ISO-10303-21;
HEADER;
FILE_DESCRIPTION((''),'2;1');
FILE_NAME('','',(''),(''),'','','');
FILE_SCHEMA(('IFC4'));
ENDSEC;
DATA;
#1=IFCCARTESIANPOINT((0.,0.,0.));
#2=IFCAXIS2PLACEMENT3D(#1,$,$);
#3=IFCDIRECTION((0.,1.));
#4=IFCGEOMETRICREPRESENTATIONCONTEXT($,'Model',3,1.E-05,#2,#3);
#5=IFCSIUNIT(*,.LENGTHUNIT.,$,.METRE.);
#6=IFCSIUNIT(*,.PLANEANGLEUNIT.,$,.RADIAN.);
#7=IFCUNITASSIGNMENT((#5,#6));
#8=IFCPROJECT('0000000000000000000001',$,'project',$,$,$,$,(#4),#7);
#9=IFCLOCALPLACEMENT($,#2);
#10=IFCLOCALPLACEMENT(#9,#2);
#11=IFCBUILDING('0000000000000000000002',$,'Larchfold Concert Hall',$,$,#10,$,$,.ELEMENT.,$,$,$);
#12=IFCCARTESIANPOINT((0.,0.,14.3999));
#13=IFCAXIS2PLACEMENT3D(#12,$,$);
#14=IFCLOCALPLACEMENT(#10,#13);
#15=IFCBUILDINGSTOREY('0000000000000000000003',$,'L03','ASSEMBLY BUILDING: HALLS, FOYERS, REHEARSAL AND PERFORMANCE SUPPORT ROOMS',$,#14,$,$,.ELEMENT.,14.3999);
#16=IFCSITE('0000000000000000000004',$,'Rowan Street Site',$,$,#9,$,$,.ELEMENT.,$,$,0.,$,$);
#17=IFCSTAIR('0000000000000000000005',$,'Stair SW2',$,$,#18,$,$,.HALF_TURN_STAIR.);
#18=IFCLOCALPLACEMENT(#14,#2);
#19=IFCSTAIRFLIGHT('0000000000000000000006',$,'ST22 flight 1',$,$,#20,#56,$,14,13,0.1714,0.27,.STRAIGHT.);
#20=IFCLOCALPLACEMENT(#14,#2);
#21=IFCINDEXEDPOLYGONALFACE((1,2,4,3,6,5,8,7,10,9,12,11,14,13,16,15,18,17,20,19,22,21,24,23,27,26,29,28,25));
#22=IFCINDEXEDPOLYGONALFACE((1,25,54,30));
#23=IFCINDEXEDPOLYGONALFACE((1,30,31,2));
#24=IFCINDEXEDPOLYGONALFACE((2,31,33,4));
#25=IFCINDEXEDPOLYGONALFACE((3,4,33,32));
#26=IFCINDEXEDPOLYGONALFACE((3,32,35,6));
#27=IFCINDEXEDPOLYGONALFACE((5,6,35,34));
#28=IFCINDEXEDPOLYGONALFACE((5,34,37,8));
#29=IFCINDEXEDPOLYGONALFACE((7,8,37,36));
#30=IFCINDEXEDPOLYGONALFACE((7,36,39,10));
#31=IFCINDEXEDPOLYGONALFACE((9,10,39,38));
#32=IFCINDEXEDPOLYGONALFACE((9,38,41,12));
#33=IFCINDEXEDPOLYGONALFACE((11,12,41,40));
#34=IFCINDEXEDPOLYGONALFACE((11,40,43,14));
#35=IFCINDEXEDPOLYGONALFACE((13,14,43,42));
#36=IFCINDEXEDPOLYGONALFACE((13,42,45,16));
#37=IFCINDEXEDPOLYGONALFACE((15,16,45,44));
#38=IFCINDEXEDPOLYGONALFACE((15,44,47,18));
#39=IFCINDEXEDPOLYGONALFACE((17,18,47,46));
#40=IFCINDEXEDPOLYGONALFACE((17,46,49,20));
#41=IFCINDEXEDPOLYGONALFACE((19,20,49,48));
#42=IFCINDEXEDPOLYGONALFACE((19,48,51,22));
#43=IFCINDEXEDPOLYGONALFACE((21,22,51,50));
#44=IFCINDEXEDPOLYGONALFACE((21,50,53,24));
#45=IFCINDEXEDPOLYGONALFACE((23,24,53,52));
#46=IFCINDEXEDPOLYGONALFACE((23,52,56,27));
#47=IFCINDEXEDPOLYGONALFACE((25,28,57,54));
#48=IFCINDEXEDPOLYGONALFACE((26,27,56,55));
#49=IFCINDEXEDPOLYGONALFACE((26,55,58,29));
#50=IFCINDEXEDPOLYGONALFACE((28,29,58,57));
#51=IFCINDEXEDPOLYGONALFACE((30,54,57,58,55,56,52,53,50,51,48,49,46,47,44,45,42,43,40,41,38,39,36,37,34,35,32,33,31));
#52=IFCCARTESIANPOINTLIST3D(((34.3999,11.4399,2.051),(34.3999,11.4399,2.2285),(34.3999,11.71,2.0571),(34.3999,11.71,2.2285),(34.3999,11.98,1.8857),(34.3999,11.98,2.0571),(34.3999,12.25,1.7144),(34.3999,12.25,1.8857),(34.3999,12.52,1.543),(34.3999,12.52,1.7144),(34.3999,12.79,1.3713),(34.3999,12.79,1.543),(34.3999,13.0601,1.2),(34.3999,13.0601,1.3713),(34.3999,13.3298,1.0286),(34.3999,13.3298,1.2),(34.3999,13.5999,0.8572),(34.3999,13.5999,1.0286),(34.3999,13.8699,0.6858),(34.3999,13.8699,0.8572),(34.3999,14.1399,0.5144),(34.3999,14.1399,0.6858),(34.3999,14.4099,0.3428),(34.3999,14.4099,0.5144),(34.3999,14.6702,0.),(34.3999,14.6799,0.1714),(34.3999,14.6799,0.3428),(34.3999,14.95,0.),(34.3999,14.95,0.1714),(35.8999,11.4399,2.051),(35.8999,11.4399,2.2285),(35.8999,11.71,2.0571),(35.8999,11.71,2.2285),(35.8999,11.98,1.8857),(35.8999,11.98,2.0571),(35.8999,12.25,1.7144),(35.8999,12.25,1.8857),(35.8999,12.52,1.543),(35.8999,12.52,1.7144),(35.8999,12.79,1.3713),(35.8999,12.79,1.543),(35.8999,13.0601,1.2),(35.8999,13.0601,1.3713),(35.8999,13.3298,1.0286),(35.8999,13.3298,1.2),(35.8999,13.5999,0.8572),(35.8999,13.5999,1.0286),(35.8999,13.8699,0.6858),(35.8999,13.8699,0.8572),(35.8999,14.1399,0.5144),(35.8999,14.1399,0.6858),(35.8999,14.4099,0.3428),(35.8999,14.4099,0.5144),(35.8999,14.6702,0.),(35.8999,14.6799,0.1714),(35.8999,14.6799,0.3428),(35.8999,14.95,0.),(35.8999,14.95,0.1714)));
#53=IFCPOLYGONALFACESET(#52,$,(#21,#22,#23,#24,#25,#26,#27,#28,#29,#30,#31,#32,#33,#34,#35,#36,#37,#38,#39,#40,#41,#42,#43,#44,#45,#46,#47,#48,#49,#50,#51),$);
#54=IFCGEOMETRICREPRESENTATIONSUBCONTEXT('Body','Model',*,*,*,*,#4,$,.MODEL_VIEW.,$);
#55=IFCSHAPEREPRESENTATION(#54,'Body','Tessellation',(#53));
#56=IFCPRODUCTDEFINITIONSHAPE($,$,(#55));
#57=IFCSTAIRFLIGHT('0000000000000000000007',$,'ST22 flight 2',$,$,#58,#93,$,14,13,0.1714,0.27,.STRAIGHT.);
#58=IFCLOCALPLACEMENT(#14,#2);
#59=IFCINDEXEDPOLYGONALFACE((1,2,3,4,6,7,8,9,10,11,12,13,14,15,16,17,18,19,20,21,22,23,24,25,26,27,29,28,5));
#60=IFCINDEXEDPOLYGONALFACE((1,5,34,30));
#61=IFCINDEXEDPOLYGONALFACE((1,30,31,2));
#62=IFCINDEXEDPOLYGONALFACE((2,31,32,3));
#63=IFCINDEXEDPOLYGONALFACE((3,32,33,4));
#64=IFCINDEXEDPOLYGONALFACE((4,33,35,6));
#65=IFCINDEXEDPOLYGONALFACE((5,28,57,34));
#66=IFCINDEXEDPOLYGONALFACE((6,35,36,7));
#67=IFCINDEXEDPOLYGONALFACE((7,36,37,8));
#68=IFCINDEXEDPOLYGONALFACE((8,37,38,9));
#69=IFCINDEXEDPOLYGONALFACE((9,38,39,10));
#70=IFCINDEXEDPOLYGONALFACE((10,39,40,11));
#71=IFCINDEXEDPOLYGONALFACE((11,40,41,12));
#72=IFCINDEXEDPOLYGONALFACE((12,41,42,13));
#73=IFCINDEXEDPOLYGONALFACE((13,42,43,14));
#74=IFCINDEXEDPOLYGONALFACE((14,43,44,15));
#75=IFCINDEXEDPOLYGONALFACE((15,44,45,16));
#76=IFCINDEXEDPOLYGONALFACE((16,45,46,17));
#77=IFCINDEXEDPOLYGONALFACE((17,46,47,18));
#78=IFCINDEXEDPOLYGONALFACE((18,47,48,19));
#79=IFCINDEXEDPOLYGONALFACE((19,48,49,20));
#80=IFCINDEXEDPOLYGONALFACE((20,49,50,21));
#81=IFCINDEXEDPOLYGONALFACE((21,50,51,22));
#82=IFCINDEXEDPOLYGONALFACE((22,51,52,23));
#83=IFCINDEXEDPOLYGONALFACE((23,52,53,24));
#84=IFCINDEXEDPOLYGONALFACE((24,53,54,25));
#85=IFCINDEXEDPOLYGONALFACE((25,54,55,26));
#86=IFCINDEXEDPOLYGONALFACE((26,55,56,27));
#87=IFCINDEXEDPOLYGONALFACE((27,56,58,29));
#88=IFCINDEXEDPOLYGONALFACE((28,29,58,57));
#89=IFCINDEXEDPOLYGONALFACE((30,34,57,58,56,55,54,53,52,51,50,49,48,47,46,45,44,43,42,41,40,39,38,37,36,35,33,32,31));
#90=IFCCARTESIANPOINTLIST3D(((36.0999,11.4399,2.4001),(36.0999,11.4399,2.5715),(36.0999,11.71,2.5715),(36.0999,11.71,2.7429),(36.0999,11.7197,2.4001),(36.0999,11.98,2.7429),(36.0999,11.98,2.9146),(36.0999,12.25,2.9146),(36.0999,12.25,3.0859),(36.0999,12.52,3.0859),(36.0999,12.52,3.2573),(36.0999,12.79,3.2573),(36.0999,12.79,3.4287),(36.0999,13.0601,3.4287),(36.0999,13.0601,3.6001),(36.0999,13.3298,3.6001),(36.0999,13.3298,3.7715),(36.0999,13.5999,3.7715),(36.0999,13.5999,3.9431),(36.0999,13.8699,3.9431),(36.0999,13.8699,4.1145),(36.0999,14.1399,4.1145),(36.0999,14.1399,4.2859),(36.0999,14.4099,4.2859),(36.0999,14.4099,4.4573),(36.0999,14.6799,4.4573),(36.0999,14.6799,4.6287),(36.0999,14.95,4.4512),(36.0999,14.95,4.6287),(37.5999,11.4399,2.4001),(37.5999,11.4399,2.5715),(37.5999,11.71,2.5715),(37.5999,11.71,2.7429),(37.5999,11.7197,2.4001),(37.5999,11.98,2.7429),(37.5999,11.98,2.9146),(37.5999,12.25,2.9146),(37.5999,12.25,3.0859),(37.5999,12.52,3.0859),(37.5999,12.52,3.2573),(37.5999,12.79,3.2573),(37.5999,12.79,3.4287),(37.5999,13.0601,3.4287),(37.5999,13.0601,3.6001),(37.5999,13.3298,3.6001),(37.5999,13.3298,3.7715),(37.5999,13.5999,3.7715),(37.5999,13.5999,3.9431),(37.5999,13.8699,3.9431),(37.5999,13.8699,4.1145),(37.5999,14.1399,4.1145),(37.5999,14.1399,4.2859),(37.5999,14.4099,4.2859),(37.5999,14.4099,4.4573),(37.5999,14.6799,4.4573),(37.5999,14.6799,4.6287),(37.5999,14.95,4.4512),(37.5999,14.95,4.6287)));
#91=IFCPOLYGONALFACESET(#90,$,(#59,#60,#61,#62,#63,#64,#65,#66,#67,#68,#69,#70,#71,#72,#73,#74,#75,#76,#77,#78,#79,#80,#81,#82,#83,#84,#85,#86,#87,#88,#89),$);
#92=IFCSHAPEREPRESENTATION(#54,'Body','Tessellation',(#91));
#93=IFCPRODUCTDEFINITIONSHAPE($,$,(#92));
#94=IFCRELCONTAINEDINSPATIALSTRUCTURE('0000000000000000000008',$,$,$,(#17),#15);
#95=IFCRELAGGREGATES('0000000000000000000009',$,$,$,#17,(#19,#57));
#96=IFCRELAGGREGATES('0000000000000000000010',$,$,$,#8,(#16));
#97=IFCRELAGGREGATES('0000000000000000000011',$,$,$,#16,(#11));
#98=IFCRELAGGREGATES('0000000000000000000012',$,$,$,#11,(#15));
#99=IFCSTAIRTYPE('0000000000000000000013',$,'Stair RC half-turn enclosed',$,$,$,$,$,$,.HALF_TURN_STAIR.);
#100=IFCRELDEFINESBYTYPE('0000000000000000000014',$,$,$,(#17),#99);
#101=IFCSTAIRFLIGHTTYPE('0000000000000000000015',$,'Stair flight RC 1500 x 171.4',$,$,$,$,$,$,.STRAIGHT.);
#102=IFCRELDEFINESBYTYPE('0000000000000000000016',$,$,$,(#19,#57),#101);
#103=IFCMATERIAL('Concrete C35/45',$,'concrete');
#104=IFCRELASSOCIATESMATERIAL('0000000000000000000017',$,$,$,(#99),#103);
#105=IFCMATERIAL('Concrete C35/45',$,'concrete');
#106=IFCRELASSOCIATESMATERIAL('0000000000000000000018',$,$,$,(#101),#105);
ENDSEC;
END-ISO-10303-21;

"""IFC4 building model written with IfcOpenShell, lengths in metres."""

from ifc_helpers import new_model, si_unit, direction, frame, origin, place, context, subcontext, project, spatial, polyline, outline, extrude, material, type_object, element, aggregate, save


model = new_model("IFC4")

# Units and contexts
model_context = context("Model", 3, precision=1e-05, world=origin(), true_north=direction((0.0, 1.0)))
body_context = subcontext(model_context, "Body", "Model", "MODEL_VIEW")
ifc_project = project(units=[si_unit("LENGTHUNIT", "METRE"), si_unit("PLANEANGLEUNIT", "RADIAN")], contexts=[model_context])

# Site, building, storey
site_placement = place(None, origin())
site = spatial("IfcSite", under=ifc_project, at=site_placement, Name="Rowan Street Site", CompositionType="ELEMENT", RefElevation=0.0)
building_placement = place(site_placement, origin())
building = spatial("IfcBuilding", under=site, at=building_placement, Name="Larchfold Concert Hall", CompositionType="ELEMENT")
storey_placement = place(building_placement, frame((0.0, 0.0, 14.3999)))
storey = spatial("IfcBuildingStorey", under=building, at=storey_placement, Name="L03", Description="ASSEMBLY BUILDING: HALLS, FOYERS, REHEARSAL AND PERFORMANCE SUPPORT ROOMS", CompositionType="ELEMENT", Elevation=14.3999)

# Stair, stair flights
ifc_material_1 = material(Name="Concrete C35/45", Category="concrete")
stair_type = type_object("IfcStairType", Name="Stair RC half-turn enclosed", PredefinedType="HALF_TURN_STAIR", material=ifc_material_1)
stair_placement = place(storey_placement, origin())
stair = element("IfcStair", 1, at=stair_placement, inside=storey, type_object=stair_type, Name="Stair SW2", PredefinedType="HALF_TURN_STAIR")
ifc_material_2 = material(Name="Concrete C35/45", Category="concrete")
stair_flight_type = type_object("IfcStairFlightType", Name="Stair flight RC 1500 x 171.4", PredefinedType="STRAIGHT", material=ifc_material_2)
stair_flight_1_placement = place(storey_placement, frame((35.1499, 14.95, 0.0), z_axis=(0.0, 0.0, 1.0), x_axis=(0.0, -1.0, 0.0)))
stair_flight_1 = element("IfcStairFlight", 2, at=stair_flight_1_placement, type_object=stair_flight_type, Name="ST22 flight 1", NumberOfRisers=14, NumberOfTreads=13, PredefinedType="STRAIGHT", RiserHeight=0.1714, TreadLength=0.27, context=body_context, shape_type="SweptSolid", body=[
    extrude(outline(polyline([(0.0, 0.0), (0.0, 0.1714), (0.27, 0.1714), (0.27, 0.3428), (0.54, 0.3428), (0.54, 0.5144), (0.8101, 0.5144), (0.8101, 0.6858), (1.0801, 0.6858), (1.0801, 0.8572), (1.3501, 0.8572), (1.3501, 1.0286), (1.6201, 1.0286), (1.6201, 1.2), (1.8899, 1.2), (1.8899, 1.3713), (2.1599, 1.3713), (2.1599, 1.543), (2.4299, 1.543), (2.4299, 1.7144), (2.7, 1.7144), (2.7, 1.8857), (2.97, 1.8857), (2.97, 2.0571), (3.24, 2.0571), (3.24, 2.2285), (3.51, 2.2285), (3.51, 2.3999), (3.51, 2.051), (0.2798, 0.0), (0.0, 0.0)])), frame((0.0, 0.75, 0.0), z_axis=(0.0, -1.0, 0.0), x_axis=(1.0, 0.0, 0.0)), (0.0, 0.0, 1.0), 1.5),
])
stair_flight_2_placement = place(storey_placement, frame((36.8499, 11.4399, 2.4001), z_axis=(0.0, 0.0, 1.0), x_axis=(0.0, 1.0, 0.0)))
stair_flight_2 = element("IfcStairFlight", 3, at=stair_flight_2_placement, type_object=stair_flight_type, Name="ST22 flight 2", NumberOfRisers=14, NumberOfTreads=13, PredefinedType="STRAIGHT", RiserHeight=0.1714, TreadLength=0.27, context=body_context, shape_type="SweptSolid", body=[
    extrude(outline(polyline([(0.0, 0.0), (0.0, 0.1714), (0.27, 0.1714), (0.27, 0.3428), (0.54, 0.3428), (0.54, 0.5144), (0.8101, 0.5144), (0.8101, 0.6858), (1.0801, 0.6858), (1.0801, 0.8572), (1.3501, 0.8572), (1.3501, 1.0286), (1.6201, 1.0286), (1.6201, 1.2), (1.8899, 1.2), (1.8899, 1.3713), (2.1599, 1.3713), (2.1599, 1.543), (2.4299, 1.543), (2.4299, 1.7144), (2.7, 1.7144), (2.7, 1.8857), (2.97, 1.8857), (2.97, 2.0571), (3.24, 2.0571), (3.24, 2.2285), (3.51, 2.2285), (3.51, 2.3999), (3.51, 2.051), (0.2798, 0.0), (0.0, 0.0)])), frame((0.0, 0.75, 0.0), z_axis=(0.0, -1.0, 0.0), x_axis=(1.0, 0.0, 0.0)), (0.0, 0.0, 1.0), 1.5),
])
aggregate(stair, [stair_flight_1, stair_flight_2])

save(model, "model.ifc")
